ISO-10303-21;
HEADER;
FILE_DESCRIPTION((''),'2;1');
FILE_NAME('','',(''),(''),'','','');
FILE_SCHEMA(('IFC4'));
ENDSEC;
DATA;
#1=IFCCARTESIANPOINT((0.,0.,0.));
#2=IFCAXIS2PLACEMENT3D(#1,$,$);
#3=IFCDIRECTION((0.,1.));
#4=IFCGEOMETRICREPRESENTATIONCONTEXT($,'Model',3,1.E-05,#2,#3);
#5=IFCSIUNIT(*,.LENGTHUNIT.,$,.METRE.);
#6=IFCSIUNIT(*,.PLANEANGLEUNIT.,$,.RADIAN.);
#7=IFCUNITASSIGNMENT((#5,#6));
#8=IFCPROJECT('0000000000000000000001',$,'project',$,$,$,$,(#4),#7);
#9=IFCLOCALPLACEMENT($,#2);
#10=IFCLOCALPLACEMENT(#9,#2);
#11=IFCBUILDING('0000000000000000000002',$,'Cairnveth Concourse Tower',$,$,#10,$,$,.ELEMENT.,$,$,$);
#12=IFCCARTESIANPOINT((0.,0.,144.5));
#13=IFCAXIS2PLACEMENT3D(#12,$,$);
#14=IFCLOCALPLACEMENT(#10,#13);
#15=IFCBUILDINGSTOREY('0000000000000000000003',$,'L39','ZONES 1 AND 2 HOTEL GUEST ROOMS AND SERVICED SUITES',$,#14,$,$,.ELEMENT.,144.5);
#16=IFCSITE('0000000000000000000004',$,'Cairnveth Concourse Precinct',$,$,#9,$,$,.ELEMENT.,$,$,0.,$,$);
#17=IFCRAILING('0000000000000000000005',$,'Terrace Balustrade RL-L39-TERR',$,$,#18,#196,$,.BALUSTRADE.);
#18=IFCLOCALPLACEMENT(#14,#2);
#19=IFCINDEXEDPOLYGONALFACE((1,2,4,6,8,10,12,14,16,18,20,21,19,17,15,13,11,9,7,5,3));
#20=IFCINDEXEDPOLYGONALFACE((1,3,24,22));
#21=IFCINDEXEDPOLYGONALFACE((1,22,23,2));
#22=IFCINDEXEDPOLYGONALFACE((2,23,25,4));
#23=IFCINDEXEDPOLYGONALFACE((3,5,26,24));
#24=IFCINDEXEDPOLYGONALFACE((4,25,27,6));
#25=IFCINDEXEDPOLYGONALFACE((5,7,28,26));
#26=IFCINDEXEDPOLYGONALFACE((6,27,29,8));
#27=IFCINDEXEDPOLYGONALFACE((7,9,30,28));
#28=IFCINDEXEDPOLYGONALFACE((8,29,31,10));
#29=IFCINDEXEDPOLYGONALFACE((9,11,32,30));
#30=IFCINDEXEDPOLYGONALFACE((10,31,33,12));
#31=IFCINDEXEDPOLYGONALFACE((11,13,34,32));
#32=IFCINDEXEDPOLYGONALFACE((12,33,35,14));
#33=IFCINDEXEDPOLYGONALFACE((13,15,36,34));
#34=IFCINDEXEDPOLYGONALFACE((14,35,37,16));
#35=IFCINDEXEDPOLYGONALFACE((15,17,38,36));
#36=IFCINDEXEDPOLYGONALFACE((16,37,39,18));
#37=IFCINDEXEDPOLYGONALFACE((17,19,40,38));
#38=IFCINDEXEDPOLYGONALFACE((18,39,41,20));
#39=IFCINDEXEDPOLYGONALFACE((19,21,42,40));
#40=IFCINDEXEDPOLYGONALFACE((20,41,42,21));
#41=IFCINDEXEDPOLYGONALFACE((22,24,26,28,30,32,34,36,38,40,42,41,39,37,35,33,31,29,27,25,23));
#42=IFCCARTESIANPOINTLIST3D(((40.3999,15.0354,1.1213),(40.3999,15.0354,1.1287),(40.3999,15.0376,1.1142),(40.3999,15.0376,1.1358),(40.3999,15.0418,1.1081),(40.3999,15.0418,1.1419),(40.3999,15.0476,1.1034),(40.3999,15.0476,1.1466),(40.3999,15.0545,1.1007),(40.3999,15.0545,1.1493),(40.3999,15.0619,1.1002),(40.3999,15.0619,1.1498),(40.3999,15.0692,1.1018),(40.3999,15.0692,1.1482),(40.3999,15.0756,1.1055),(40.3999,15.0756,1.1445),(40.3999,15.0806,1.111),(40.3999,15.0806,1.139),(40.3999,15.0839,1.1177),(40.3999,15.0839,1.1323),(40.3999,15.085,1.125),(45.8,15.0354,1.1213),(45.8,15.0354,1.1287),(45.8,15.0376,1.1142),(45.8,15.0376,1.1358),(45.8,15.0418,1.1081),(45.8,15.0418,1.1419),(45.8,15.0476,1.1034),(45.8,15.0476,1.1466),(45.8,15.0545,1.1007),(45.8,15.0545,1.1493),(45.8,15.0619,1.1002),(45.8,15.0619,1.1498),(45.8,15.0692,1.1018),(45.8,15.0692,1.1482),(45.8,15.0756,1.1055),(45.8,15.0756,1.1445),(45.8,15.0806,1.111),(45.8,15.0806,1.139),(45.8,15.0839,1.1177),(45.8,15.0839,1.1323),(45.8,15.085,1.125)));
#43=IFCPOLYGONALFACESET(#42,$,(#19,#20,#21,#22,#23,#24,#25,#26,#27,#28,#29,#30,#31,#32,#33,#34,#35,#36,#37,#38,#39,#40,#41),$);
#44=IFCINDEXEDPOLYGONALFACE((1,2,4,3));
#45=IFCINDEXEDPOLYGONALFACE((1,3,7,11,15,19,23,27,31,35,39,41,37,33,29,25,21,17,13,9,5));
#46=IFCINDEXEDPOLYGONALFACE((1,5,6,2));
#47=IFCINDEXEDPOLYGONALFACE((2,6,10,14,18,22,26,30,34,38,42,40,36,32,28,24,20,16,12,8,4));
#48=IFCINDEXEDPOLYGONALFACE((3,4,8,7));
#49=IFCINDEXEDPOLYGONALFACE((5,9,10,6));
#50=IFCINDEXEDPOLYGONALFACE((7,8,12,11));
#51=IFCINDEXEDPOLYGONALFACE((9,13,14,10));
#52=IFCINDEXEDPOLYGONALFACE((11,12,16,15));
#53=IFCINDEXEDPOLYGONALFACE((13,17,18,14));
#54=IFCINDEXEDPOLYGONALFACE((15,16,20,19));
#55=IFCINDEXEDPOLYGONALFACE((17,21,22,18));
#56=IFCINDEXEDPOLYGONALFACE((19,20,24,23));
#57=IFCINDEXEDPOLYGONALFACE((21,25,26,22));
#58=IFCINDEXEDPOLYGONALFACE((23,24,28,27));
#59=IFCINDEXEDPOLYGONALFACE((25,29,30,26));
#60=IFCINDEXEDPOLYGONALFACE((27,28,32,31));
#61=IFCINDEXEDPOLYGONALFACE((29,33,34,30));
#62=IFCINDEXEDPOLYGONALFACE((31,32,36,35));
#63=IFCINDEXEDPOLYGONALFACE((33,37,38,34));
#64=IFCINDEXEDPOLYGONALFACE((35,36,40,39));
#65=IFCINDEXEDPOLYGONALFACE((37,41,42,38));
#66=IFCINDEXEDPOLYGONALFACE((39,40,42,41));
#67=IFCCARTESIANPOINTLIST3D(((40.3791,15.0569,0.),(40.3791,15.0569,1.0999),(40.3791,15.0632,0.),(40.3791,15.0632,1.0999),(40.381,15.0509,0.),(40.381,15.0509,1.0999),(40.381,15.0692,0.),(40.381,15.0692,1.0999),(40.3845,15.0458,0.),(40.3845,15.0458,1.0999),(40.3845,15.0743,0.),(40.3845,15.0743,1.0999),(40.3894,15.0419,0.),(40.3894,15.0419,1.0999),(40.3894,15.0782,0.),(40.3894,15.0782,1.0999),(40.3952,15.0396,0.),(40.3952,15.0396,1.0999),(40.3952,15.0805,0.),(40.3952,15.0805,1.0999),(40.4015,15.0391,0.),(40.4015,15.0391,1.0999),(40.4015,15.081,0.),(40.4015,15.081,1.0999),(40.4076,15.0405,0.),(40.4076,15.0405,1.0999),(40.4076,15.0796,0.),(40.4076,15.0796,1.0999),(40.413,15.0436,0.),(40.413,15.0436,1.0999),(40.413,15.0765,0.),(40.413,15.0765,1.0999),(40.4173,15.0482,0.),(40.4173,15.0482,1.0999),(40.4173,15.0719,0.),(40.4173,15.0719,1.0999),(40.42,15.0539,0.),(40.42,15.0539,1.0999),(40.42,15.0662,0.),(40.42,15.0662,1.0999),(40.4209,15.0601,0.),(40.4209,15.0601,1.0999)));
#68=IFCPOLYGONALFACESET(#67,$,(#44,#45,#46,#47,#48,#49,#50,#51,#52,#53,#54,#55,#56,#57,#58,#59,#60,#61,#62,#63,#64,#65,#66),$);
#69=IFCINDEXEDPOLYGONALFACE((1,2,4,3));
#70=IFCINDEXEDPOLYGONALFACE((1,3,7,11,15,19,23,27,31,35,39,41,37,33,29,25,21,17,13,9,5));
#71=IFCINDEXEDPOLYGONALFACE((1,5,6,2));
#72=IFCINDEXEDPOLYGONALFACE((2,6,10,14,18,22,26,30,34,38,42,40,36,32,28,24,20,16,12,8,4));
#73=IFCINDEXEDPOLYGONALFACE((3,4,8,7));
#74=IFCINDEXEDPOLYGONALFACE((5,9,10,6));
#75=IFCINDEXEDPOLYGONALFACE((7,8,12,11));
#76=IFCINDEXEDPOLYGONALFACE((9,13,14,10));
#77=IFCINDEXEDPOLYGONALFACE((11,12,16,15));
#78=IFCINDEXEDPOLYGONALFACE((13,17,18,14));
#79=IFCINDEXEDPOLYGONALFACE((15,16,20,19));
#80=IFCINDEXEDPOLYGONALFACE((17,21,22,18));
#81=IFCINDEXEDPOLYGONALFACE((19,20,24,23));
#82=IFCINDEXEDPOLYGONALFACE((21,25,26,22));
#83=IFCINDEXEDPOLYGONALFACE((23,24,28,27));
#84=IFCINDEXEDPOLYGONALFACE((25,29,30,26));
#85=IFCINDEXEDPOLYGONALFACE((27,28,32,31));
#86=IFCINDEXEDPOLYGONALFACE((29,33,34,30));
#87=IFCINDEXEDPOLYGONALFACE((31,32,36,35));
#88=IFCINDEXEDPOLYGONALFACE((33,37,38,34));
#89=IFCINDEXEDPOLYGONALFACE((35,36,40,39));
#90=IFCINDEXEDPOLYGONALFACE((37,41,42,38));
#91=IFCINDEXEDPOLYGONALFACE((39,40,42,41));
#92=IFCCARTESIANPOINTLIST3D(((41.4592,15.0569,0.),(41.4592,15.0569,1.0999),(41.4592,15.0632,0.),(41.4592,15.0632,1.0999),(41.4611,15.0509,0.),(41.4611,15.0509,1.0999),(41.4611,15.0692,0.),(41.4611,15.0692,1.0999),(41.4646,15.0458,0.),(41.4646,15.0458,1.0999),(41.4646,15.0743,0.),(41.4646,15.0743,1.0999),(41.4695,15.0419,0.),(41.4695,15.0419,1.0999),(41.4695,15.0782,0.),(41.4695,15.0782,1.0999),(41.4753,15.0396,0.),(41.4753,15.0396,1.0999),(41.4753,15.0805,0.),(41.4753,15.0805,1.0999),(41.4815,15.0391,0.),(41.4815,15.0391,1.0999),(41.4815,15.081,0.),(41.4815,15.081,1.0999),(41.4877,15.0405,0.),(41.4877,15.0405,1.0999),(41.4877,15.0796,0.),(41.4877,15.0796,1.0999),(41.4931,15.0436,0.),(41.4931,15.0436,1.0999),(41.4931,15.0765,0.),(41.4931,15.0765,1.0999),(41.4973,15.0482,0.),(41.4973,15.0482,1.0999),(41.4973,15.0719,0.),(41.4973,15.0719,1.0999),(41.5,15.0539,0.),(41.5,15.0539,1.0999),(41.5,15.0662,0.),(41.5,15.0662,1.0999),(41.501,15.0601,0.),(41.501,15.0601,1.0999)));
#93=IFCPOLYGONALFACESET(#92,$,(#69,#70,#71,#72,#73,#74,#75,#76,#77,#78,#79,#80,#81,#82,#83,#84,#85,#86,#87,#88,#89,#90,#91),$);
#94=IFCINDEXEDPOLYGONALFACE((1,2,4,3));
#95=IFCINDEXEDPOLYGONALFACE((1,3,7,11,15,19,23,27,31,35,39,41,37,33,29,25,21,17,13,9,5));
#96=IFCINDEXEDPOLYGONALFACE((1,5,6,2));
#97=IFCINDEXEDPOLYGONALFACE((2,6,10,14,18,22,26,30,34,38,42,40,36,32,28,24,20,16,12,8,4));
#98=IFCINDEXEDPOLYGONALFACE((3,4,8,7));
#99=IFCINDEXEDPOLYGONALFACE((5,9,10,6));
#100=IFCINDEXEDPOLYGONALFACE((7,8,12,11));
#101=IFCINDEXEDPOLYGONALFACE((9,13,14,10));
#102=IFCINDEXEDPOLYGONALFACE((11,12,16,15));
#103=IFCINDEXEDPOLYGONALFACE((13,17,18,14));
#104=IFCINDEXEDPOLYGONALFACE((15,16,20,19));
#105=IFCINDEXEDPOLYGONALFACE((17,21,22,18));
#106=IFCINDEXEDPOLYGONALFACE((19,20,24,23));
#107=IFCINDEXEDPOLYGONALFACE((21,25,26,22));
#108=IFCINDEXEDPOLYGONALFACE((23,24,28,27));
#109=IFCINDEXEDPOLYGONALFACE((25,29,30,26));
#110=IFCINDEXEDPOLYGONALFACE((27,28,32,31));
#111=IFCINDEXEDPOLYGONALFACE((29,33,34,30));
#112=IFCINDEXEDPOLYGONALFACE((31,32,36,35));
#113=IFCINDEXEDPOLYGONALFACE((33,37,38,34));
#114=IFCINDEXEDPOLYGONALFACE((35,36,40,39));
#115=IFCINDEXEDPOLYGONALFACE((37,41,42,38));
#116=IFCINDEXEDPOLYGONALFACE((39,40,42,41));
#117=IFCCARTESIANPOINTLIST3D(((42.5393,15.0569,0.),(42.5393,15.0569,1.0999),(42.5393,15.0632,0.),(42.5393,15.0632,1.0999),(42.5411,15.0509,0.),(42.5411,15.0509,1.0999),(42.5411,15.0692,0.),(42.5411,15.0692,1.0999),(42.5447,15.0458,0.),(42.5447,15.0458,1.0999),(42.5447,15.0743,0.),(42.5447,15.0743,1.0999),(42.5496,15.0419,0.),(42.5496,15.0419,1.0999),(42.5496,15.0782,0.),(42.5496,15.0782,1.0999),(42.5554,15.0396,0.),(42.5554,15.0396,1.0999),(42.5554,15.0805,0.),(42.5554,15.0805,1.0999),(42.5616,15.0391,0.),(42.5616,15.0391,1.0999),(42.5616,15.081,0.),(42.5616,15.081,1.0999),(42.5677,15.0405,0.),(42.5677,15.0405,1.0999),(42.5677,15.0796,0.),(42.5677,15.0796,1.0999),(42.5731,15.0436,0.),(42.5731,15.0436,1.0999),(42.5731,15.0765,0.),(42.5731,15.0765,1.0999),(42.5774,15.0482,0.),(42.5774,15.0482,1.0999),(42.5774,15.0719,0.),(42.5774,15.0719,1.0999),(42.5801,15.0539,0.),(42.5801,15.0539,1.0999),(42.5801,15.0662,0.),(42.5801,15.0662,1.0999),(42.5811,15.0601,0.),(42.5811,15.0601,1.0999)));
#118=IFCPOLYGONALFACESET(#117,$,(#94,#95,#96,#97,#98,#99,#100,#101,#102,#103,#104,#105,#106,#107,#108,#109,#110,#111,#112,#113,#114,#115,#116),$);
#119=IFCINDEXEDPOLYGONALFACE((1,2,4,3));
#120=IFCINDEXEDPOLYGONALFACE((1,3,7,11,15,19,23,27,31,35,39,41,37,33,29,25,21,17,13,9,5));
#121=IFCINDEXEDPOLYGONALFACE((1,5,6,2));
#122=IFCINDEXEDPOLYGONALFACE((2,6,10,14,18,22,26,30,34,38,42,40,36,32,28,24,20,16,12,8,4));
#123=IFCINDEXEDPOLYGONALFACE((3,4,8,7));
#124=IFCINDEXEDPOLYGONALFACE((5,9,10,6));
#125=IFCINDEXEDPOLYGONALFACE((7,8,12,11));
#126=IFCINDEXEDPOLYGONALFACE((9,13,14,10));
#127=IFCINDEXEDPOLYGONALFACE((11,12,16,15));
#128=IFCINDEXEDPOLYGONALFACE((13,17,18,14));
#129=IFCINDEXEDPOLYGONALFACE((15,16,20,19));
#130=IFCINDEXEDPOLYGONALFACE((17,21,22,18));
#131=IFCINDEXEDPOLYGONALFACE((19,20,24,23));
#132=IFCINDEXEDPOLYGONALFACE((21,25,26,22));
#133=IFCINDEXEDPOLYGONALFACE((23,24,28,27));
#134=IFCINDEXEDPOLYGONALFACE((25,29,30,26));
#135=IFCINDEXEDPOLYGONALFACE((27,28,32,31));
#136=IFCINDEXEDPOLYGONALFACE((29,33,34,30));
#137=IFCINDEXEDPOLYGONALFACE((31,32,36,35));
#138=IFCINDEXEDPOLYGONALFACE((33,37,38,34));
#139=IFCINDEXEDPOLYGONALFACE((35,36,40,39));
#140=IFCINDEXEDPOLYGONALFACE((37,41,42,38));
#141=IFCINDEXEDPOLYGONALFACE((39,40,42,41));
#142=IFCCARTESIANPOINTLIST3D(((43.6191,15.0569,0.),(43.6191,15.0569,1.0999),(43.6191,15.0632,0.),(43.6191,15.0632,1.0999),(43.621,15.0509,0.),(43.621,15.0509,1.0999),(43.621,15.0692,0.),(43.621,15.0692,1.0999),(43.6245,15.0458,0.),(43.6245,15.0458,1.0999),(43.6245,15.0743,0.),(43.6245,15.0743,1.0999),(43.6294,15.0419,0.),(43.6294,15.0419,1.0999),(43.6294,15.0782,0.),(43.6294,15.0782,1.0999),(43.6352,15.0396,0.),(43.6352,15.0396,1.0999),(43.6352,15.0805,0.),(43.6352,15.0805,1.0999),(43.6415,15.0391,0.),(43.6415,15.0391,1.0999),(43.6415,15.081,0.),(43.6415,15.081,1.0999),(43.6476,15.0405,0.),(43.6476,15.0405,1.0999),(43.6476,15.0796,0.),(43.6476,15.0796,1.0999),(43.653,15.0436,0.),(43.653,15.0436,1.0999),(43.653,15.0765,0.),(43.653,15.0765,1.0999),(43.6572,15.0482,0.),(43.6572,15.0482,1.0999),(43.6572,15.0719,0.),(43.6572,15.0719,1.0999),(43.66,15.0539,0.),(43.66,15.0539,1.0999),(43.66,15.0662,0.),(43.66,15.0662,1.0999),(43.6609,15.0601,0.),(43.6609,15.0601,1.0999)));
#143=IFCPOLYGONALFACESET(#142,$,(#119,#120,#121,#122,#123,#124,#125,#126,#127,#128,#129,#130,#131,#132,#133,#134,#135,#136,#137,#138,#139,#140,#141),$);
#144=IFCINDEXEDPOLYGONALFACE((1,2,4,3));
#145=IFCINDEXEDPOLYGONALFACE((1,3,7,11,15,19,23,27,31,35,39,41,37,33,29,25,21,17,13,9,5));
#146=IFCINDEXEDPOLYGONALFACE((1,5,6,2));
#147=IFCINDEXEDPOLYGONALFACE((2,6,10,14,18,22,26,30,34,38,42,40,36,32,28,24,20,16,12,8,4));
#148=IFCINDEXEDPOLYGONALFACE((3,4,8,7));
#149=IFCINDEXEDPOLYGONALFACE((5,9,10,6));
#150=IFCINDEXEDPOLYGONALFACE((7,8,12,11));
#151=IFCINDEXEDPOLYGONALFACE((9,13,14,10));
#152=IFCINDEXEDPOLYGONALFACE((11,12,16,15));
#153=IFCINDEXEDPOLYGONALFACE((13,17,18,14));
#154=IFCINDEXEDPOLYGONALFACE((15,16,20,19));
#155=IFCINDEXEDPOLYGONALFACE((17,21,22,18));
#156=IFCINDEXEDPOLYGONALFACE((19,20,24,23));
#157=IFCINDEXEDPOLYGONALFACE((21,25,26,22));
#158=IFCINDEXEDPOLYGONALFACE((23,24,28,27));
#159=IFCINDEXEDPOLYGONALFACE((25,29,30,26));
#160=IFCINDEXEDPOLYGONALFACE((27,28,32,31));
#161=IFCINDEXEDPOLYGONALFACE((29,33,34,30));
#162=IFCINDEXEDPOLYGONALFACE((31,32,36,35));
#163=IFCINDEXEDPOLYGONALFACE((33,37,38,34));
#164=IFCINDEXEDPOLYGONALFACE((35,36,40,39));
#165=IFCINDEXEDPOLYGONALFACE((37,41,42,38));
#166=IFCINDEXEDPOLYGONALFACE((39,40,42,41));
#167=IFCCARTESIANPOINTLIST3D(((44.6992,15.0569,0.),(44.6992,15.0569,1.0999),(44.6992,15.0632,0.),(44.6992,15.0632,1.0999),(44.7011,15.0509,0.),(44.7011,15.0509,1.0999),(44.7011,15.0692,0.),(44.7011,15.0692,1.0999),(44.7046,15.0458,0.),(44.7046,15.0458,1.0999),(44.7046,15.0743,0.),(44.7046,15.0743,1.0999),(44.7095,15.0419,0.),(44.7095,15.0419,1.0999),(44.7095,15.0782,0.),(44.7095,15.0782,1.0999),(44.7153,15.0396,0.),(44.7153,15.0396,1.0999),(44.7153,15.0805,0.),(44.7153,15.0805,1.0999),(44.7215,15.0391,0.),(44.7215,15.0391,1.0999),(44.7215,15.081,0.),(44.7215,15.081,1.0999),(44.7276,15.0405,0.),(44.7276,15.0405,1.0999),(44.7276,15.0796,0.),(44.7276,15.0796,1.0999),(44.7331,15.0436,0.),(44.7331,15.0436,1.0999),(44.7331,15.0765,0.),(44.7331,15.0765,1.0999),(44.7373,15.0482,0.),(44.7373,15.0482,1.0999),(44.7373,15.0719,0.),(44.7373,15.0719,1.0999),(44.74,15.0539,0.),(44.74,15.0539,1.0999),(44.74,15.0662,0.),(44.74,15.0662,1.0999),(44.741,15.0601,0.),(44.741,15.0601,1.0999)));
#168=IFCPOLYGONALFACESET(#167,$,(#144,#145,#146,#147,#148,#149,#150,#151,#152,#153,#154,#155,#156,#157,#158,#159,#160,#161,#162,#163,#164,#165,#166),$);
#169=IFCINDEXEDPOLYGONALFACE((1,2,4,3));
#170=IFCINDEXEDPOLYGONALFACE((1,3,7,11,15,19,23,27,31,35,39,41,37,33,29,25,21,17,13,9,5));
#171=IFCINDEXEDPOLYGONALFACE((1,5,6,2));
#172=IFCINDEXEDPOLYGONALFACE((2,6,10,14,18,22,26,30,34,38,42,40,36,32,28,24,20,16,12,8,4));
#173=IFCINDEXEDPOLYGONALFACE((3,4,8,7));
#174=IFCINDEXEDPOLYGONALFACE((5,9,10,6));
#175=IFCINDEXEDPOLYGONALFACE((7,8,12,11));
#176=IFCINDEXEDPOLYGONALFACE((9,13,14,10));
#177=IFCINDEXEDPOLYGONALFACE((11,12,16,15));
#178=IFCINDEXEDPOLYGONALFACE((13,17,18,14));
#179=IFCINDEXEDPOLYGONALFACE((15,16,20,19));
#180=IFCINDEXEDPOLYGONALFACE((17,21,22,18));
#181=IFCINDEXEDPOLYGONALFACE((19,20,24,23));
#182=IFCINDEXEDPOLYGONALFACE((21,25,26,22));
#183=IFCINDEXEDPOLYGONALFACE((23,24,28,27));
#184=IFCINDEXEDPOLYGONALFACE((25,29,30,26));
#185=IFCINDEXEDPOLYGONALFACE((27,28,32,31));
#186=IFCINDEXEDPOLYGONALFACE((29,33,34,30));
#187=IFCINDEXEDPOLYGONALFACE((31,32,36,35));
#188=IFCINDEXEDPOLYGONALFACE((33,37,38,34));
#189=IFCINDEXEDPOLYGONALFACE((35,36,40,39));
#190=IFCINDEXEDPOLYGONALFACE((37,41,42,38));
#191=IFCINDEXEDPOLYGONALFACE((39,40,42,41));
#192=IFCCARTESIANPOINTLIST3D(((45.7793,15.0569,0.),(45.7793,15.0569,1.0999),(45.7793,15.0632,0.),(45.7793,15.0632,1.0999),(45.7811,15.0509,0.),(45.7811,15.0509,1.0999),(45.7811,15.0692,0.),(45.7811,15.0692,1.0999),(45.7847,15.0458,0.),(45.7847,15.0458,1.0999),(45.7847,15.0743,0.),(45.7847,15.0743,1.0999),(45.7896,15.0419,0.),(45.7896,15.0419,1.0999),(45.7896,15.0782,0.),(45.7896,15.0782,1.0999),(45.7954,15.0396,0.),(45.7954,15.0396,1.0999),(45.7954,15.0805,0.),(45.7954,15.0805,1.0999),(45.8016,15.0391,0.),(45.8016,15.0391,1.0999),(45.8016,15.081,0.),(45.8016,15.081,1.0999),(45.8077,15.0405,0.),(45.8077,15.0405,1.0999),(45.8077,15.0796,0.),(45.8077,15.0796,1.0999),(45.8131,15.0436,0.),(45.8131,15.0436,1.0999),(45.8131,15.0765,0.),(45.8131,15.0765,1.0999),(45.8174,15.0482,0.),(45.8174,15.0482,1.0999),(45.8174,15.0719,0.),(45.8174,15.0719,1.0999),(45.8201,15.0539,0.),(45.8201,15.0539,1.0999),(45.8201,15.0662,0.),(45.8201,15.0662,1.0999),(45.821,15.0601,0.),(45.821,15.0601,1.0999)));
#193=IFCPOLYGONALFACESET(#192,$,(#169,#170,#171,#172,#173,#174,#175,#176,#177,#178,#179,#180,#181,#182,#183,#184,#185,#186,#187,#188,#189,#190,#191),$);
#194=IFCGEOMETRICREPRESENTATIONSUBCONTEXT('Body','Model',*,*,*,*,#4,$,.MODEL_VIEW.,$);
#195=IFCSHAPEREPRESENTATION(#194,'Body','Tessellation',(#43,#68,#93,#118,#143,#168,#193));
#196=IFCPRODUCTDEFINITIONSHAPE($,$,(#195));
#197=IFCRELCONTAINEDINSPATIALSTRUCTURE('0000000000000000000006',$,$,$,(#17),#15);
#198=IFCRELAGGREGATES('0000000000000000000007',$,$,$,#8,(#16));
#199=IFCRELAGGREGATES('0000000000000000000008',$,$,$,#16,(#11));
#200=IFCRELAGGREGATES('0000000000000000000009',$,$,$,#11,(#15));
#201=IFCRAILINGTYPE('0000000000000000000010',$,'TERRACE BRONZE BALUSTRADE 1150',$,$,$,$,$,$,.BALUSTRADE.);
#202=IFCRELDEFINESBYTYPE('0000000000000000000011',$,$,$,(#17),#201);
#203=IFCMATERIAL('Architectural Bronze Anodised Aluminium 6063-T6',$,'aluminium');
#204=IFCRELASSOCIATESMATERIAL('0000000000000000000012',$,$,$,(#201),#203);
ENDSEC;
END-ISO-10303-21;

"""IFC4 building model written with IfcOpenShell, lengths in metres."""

from ifc_helpers import new_model, si_unit, direction, frame, origin, origin_2d, place, context, subcontext, project, spatial, circle, extrude, material, type_object, element, save


model = new_model("IFC4")

# Units and contexts
model_context = context("Model", 3, precision=1e-05, world=origin(), true_north=direction((0.0, 1.0)))
body_context = subcontext(model_context, "Body", "Model", "MODEL_VIEW")
ifc_project = project(units=[si_unit("LENGTHUNIT", "METRE"), si_unit("PLANEANGLEUNIT", "RADIAN")], contexts=[model_context])

# Site, building, storey
site_placement = place(None, origin())
site = spatial("IfcSite", under=ifc_project, at=site_placement, Name="Cairnveth Concourse Precinct", CompositionType="ELEMENT", RefElevation=0.0)
building_placement = place(site_placement, origin())
building = spatial("IfcBuilding", under=site, at=building_placement, Name="Cairnveth Concourse Tower", CompositionType="ELEMENT")
storey_placement = place(building_placement, frame((0.0, 0.0, 144.5)))
storey = spatial("IfcBuildingStorey", under=building, at=storey_placement, Name="L39", Description="ZONES 1 AND 2 HOTEL GUEST ROOMS AND SERVICED SUITES", CompositionType="ELEMENT", Elevation=144.5)

# Shared definitions
ifc_material_1 = material(Name="Architectural Bronze Anodised Aluminium 6063-T6", Category="aluminium")

# Railing
railing_type = type_object("IfcRailingType", Name="TERRACE BRONZE BALUSTRADE 1150", PredefinedType="BALUSTRADE", material=ifc_material_1)
railing_placement = place(storey_placement, frame((40.3999, 15.0601, 0.0)))
element("IfcRailing", 1, at=railing_placement, inside=storey, type_object=railing_type, Name="Terrace Balustrade RL-L39-TERR", PredefinedType="BALUSTRADE", context=body_context, shape_type="SweptSolid", body=[
    extrude(circle(Radius=0.0249, at=origin_2d()), frame((0.0, 0.0, 1.125), z_axis=(1.0, 0.0, 0.0), x_axis=(0.0, 1.0, 0.0)), (0.0, 0.0, 1.0), 5.4001),
    extrude(circle(Radius=0.021, at=origin_2d()), origin(), (0.0, 0.0, 1.0), 1.0999),
    extrude(circle(Radius=0.021, at=origin_2d()), frame((1.0801, 0.0, 0.0)), (0.0, 0.0, 1.0), 1.0999),
    extrude(circle(Radius=0.021, at=origin_2d()), frame((2.1602, 0.0, 0.0)), (0.0, 0.0, 1.0), 1.0999),
    extrude(circle(Radius=0.021, at=origin_2d()), frame((3.24, 0.0, 0.0)), (0.0, 0.0, 1.0), 1.0999),
    extrude(circle(Radius=0.021, at=origin_2d()), frame((4.3201, 0.0, 0.0)), (0.0, 0.0, 1.0), 1.0999),
    extrude(circle(Radius=0.021, at=origin_2d()), frame((5.4001, 0.0, 0.0)), (0.0, 0.0, 1.0), 1.0999),
])

save(model, "model.ifc")
